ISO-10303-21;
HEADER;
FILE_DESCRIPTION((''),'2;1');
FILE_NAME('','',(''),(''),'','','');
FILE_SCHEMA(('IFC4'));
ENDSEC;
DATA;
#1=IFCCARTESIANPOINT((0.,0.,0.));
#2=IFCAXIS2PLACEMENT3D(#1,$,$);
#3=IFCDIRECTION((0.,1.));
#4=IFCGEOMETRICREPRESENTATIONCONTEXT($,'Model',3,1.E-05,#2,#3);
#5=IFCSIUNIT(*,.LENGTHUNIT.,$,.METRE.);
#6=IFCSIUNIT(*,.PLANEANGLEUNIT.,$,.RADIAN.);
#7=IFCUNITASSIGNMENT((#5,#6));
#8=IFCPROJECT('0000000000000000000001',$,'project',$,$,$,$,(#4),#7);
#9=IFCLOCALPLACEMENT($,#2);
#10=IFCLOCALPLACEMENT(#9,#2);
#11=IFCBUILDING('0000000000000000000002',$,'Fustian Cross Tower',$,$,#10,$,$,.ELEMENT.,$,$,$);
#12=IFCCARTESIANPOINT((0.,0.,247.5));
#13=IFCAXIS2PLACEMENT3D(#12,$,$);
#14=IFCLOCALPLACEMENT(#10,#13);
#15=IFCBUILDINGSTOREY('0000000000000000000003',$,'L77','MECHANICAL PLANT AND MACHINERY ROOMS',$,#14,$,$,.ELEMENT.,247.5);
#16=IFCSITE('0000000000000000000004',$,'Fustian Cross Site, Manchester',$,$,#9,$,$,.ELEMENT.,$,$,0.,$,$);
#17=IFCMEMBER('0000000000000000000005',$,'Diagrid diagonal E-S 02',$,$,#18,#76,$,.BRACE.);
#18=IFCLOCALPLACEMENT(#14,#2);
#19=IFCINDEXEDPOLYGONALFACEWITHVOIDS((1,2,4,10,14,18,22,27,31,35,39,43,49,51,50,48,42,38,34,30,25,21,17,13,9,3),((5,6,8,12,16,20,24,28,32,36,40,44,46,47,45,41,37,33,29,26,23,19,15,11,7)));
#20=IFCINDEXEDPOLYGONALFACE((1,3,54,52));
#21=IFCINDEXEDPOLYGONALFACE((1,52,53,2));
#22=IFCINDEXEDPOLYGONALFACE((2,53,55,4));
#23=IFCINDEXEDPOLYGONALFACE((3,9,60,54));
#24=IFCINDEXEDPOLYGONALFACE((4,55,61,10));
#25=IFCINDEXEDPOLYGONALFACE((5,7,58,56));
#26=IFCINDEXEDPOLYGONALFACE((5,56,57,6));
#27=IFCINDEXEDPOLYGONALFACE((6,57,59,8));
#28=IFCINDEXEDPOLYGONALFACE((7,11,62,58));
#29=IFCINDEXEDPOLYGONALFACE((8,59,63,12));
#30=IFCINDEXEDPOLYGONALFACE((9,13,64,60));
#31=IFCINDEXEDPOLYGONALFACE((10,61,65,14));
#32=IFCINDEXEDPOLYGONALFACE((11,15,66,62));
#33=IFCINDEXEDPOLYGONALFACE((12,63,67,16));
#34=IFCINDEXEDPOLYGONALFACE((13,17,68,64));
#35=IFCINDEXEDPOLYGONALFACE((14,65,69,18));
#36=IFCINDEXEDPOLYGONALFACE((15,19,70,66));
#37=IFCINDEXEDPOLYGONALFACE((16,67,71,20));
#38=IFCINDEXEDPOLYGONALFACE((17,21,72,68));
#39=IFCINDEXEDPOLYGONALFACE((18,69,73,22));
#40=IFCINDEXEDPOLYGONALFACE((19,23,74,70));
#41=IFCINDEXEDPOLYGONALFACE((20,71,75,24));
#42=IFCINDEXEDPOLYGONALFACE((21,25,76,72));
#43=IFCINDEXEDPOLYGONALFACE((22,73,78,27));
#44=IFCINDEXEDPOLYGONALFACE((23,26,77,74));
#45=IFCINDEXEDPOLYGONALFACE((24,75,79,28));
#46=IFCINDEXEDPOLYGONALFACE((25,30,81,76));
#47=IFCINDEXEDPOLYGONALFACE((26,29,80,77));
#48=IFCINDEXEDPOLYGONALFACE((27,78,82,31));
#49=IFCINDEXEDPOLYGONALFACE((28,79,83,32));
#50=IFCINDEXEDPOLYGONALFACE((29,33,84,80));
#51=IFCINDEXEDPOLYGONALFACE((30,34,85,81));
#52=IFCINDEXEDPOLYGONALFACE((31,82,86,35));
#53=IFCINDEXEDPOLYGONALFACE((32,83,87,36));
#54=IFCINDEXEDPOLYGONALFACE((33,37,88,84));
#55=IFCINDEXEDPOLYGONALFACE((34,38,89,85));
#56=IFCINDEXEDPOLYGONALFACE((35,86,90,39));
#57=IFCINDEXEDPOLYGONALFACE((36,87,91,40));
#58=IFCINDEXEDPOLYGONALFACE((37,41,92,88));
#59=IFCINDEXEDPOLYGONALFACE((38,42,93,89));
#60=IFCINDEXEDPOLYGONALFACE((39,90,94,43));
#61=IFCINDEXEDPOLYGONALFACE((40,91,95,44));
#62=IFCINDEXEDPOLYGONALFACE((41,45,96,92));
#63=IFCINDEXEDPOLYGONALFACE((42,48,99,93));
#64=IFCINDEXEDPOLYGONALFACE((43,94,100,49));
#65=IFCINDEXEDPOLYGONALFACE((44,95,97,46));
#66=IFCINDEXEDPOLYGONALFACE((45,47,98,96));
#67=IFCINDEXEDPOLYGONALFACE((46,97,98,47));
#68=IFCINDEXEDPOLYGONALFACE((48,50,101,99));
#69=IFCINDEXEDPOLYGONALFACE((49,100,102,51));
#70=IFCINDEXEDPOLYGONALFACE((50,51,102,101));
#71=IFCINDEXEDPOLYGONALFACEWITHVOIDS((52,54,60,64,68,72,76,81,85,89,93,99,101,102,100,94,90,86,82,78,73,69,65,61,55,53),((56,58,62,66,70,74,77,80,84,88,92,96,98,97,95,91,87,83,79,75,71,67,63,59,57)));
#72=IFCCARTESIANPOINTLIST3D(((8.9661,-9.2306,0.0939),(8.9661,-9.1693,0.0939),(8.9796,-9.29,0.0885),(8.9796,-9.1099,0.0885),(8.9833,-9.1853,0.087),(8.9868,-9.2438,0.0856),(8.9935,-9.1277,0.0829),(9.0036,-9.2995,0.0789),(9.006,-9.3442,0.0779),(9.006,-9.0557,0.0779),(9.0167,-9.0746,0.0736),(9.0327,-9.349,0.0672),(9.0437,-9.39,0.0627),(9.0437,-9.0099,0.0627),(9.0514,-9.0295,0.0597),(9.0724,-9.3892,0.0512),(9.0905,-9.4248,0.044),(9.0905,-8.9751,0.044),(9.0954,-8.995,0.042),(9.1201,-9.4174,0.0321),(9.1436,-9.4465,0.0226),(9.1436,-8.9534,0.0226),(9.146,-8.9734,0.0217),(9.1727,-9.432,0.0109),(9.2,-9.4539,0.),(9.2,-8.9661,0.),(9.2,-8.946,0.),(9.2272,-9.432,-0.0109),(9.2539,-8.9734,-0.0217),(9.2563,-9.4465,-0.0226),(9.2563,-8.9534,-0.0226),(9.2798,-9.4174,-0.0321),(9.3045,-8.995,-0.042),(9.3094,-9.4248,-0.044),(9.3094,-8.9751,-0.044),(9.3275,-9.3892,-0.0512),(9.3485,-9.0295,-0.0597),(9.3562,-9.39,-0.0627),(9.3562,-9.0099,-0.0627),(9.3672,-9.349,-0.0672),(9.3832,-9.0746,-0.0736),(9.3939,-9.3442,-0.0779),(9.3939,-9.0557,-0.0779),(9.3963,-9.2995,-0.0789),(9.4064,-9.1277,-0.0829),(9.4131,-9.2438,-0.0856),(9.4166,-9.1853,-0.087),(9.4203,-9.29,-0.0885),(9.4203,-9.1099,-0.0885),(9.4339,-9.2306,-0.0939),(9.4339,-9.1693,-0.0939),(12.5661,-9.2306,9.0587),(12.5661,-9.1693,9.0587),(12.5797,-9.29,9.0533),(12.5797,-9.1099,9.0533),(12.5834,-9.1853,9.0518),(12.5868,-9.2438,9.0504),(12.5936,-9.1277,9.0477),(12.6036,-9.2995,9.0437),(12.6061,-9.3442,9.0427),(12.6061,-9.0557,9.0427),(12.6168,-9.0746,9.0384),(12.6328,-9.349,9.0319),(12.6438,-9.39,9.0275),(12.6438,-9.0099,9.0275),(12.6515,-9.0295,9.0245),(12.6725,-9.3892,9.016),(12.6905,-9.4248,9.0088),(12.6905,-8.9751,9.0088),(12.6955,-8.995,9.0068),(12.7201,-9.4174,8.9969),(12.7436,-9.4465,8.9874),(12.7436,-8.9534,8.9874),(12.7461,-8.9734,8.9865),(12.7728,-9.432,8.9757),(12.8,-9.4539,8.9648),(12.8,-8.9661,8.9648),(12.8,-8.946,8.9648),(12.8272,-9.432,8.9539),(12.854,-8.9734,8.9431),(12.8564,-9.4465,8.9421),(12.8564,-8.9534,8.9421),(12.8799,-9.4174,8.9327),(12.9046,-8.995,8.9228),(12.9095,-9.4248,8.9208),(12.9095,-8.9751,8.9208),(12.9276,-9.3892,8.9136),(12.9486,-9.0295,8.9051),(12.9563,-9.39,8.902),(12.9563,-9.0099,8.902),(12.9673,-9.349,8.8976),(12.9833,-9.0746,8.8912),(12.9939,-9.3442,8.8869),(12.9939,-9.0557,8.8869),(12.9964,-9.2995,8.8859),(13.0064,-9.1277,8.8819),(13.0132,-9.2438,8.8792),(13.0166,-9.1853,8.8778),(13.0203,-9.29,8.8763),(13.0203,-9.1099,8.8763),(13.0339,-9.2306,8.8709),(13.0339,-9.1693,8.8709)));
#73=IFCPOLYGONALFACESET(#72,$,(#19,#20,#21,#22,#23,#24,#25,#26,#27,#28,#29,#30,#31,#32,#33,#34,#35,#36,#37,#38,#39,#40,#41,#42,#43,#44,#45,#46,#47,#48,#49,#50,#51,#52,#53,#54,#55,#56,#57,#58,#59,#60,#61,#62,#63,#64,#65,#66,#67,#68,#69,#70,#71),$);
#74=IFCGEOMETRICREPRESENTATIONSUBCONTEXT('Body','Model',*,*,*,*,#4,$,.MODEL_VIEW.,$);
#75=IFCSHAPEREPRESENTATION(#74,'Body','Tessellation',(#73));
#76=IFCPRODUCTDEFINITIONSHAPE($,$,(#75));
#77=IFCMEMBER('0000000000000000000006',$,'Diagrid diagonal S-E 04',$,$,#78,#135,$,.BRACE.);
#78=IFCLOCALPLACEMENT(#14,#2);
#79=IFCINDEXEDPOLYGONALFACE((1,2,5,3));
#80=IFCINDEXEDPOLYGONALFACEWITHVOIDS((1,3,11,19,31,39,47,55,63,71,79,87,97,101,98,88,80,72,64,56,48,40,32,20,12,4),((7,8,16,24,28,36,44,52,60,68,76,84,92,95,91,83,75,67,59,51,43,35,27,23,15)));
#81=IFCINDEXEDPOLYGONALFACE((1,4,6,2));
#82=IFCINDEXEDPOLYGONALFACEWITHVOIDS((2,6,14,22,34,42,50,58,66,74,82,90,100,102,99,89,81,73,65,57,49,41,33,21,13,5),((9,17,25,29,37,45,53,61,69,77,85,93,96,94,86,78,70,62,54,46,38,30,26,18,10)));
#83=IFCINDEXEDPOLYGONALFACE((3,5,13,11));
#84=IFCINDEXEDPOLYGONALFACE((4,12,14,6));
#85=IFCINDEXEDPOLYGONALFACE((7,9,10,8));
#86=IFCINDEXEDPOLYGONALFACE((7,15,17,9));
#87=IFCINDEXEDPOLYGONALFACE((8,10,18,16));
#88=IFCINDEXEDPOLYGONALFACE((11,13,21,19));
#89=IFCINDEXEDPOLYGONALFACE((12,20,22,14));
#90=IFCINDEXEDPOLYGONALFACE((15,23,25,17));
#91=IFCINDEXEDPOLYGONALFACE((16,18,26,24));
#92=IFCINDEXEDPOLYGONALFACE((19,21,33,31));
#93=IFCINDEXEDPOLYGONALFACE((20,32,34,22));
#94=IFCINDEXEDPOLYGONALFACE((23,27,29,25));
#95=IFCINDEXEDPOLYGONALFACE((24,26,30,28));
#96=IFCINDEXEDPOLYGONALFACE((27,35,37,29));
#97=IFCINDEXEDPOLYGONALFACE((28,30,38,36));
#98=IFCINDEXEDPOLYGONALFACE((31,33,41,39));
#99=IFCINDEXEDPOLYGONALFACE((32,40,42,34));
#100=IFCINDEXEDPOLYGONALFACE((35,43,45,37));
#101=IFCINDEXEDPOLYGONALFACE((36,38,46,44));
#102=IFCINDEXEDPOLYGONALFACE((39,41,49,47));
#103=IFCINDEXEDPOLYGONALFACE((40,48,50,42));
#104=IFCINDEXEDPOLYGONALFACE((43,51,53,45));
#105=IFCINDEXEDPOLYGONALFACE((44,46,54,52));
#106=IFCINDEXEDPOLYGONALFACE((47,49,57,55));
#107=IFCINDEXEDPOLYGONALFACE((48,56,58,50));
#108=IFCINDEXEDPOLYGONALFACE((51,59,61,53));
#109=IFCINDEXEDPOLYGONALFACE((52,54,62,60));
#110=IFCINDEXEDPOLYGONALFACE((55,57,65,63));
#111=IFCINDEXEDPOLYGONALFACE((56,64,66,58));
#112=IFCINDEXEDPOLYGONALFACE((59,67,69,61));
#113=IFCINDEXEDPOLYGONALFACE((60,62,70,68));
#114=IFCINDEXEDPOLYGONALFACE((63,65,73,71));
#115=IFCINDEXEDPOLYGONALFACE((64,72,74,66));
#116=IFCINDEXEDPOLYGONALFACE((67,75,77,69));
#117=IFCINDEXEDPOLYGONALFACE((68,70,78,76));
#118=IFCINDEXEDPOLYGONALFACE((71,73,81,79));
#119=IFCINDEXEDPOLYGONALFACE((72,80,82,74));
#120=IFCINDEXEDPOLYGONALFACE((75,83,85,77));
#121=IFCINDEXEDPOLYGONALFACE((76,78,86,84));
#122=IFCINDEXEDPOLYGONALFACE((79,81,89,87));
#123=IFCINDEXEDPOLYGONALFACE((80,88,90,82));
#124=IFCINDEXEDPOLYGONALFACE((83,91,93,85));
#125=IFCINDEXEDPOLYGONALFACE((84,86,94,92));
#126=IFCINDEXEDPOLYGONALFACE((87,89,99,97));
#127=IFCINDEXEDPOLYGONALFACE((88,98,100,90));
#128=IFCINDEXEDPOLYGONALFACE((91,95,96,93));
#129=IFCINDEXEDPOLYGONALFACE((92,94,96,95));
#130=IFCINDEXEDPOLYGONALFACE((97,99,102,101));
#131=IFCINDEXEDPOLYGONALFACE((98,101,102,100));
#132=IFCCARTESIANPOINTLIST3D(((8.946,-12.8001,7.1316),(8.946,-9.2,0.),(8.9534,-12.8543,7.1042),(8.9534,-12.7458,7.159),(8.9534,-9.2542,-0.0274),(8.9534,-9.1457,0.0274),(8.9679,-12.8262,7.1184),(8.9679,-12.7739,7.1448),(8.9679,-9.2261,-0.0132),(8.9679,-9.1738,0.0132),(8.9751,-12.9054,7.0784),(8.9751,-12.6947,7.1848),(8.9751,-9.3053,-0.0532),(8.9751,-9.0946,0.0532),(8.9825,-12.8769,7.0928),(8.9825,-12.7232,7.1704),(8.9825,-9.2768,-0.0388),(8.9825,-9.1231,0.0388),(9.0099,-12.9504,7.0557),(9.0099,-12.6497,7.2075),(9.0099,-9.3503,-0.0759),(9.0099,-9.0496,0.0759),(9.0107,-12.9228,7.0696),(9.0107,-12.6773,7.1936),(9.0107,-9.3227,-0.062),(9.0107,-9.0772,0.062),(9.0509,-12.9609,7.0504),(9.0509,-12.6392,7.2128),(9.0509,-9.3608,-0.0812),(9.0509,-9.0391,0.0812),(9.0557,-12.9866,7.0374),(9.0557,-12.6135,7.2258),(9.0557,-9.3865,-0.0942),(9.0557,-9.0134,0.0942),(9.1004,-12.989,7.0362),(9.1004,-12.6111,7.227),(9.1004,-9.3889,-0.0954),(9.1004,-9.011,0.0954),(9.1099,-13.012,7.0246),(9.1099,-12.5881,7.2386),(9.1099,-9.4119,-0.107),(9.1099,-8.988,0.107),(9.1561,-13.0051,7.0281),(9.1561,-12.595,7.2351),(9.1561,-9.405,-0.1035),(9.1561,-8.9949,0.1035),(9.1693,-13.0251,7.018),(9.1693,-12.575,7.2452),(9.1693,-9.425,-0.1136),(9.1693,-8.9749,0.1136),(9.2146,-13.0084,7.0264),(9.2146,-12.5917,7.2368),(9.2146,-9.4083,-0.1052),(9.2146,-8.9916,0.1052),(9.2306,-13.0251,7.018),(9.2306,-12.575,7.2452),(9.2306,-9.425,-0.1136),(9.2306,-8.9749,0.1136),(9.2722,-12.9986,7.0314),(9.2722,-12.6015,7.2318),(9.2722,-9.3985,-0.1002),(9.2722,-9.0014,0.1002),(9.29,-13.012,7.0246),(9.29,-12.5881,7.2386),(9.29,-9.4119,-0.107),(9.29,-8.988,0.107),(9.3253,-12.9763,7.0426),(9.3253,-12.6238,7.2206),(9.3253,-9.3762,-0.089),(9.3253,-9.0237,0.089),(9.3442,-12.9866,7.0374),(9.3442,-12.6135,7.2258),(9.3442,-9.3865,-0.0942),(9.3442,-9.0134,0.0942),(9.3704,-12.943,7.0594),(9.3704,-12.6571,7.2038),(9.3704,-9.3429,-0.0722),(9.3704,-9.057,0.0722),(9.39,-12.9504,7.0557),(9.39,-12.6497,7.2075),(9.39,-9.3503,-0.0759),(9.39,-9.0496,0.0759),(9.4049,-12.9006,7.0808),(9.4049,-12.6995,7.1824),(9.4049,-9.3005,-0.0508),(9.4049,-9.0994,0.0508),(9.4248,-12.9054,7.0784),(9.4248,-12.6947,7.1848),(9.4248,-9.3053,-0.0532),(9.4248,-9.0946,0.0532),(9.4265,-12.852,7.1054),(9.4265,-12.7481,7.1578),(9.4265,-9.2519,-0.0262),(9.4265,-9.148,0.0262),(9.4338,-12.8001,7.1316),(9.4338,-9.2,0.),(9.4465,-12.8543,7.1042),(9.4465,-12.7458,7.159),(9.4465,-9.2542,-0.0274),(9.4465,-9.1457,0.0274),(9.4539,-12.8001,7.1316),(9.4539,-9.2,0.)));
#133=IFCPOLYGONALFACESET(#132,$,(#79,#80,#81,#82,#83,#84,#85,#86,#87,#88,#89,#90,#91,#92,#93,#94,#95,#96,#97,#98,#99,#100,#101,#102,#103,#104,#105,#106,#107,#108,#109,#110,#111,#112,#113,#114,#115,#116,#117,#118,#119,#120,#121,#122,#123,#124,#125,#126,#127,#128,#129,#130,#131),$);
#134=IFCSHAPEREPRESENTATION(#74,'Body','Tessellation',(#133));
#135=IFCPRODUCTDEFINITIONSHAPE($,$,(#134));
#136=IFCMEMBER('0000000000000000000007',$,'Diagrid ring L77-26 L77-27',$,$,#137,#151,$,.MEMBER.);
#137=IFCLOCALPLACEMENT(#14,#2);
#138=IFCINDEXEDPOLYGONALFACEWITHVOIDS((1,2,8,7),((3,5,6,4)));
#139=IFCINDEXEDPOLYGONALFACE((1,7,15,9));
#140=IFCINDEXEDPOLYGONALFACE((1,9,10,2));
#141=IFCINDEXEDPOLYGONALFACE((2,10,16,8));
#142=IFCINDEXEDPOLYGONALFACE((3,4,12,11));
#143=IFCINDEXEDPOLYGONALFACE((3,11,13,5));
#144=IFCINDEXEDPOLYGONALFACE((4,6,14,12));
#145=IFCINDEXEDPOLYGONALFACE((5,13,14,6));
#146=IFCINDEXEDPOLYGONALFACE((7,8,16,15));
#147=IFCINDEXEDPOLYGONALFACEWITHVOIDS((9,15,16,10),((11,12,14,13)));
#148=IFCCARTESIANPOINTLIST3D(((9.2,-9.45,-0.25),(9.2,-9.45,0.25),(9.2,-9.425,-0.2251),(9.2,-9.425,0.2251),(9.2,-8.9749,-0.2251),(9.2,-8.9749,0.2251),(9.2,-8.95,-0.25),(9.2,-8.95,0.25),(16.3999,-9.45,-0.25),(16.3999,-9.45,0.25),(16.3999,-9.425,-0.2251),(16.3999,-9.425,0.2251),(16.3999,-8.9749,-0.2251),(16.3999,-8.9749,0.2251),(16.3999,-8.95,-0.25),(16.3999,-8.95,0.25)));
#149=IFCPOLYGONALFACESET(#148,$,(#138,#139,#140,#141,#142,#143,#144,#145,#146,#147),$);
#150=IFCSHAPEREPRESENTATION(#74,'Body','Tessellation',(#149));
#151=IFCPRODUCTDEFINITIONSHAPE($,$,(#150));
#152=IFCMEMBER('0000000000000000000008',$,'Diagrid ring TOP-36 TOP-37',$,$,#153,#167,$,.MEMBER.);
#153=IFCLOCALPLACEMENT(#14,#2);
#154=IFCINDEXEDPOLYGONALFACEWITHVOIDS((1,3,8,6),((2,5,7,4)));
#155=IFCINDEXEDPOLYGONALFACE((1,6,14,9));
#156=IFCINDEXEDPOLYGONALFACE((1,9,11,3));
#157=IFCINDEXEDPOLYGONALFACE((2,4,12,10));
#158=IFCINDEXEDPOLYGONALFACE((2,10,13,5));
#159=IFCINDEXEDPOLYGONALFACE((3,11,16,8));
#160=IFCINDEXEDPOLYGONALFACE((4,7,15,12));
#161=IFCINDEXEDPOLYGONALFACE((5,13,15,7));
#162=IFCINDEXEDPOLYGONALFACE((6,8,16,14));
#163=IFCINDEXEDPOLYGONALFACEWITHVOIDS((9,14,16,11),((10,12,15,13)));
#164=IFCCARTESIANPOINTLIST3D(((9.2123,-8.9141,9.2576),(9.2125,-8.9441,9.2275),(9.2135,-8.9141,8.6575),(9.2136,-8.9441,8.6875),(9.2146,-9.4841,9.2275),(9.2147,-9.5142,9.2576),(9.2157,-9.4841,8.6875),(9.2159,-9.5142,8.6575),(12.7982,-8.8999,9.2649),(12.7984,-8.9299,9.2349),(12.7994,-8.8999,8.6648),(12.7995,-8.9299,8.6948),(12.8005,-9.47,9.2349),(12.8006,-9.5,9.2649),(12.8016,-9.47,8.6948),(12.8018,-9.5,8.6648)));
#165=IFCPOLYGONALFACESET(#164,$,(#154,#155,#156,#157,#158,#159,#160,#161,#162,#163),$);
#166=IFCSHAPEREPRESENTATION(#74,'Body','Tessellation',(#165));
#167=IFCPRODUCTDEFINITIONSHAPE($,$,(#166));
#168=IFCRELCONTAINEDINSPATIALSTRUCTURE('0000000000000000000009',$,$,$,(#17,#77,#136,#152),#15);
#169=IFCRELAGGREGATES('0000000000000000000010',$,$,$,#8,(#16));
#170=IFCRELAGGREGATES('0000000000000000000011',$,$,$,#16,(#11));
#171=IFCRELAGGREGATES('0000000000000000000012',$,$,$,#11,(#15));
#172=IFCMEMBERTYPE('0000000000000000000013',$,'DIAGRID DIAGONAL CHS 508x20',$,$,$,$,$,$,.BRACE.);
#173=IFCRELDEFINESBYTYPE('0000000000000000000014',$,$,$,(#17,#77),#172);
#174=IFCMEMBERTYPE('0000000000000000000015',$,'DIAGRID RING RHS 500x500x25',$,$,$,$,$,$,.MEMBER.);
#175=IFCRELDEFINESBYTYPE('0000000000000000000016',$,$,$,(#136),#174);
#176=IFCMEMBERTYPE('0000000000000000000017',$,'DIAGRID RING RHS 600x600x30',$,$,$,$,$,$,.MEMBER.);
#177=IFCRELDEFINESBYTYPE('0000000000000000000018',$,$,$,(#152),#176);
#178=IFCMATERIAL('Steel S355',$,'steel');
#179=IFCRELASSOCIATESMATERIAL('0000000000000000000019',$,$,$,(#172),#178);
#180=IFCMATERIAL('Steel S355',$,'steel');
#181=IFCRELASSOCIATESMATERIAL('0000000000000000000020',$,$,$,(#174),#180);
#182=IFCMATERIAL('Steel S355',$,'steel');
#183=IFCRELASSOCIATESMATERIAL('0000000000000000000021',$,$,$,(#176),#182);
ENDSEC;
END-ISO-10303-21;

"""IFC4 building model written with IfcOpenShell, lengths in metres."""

from ifc_helpers import new_model, si_unit, direction, frame, origin, origin_2d, place, context, subcontext, project, spatial, hollow_rectangle, hollow_circle, extrude, material, material_profile, profile_set, type_object, element, save


model = new_model("IFC4")

# Units and contexts
model_context = context("Model", 3, precision=1e-05, world=origin(), true_north=direction((0.0, 1.0)))
body_context = subcontext(model_context, "Body", "Model", "MODEL_VIEW")
ifc_project = project(units=[si_unit("LENGTHUNIT", "METRE"), si_unit("PLANEANGLEUNIT", "RADIAN")], contexts=[model_context])

# Site, building, storey
site_placement = place(None, origin())
site = spatial("IfcSite", under=ifc_project, at=site_placement, Name="Fustian Cross Site, Manchester", CompositionType="ELEMENT", RefElevation=0.0)
building_placement = place(site_placement, origin())
building = spatial("IfcBuilding", under=site, at=building_placement, Name="Fustian Cross Tower", CompositionType="ELEMENT")
storey_placement = place(building_placement, frame((0.0, 0.0, 247.5)))
storey = spatial("IfcBuildingStorey", under=building, at=storey_placement, Name="L77", Description="MECHANICAL PLANT AND MACHINERY ROOMS", CompositionType="ELEMENT", Elevation=247.5)

# Members
ifc_material_1 = material(Name="Steel S355", Category="steel")
ifc_material_profile_1 = material_profile(ifc_material_1, hollow_circle(Radius=0.2539, WallThickness=0.02, at=origin_2d()), Name="CHS 508x20")
ifc_profile_set_1 = profile_set([ifc_material_profile_1], Name="Steel S355")
member_type_1 = type_object("IfcMemberType", Name="DIAGRID DIAGONAL CHS 508x20", PredefinedType="BRACE", material=ifc_profile_set_1)
member_1_placement = place(storey_placement, frame((9.2, -9.2, 0.0), z_axis=(0.372654, 0.0, 0.92797), x_axis=(0.0, 1.0, 0.0)))
element("IfcMember", 1, at=member_1_placement, inside=storey, type_object=member_type_1, Name="Diagrid diagonal E-S 02", PredefinedType="BRACE", context=body_context, shape_type="SweptSolid", body=[
    extrude(hollow_circle(Radius=0.2539, WallThickness=0.02, at=origin_2d()), origin(), (0.0, 0.0, 1.0), 9.6606),
])
member_2_placement = place(storey_placement, frame((9.2, -9.2, 0.0), z_axis=(0.0, -0.450645, 0.892703), x_axis=(1.0, 0.0, 0.0)))
element("IfcMember", 2, at=member_2_placement, inside=storey, type_object=member_type_1, Name="Diagrid diagonal S-E 04", PredefinedType="BRACE", context=body_context, shape_type="SweptSolid", body=[
    extrude(hollow_circle(Radius=0.2539, WallThickness=0.02, at=origin_2d()), origin(), (0.0, 0.0, 1.0), 7.9888),
])
ifc_material_2 = material(Name="Steel S355", Category="steel")
ifc_material_profile_2 = material_profile(ifc_material_2, hollow_rectangle(XDim=0.5, YDim=0.5, WallThickness=0.0249, at=origin_2d()), Name="RHS 500x500x25")
ifc_profile_set_2 = profile_set([ifc_material_profile_2], Name="Steel S355")
member_type_2 = type_object("IfcMemberType", Name="DIAGRID RING RHS 500x500x25", PredefinedType="MEMBER", material=ifc_profile_set_2)
member_3_placement = place(storey_placement, frame((9.2, -9.2, 0.0), z_axis=(1.0, 0.0, 0.0), x_axis=(0.0, 1.0, 0.0)))
element("IfcMember", 3, at=member_3_placement, inside=storey, type_object=member_type_2, Name="Diagrid ring L77-26 L77-27", PredefinedType="MEMBER", context=body_context, shape_type="SweptSolid", body=[
    extrude(hollow_rectangle(XDim=0.5, YDim=0.5, WallThickness=0.0249, at=origin_2d()), origin(), (0.0, 0.0, 1.0), 7.2),
])
ifc_material_3 = material(Name="Steel S355", Category="steel")
ifc_material_profile_3 = material_profile(ifc_material_3, hollow_rectangle(XDim=0.6001, YDim=0.6001, WallThickness=0.03, at=origin_2d()), Name="RHS 600x600x30")
ifc_profile_set_3 = profile_set([ifc_material_profile_3], Name="Steel S355")
member_type_3 = type_object("IfcMemberType", Name="DIAGRID RING RHS 600x600x30", PredefinedType="MEMBER", material=ifc_profile_set_3)
member_4_placement = place(storey_placement, frame((9.2141, -9.2141, 8.9575), z_axis=(0.99999, 0.003949, 0.002042), x_axis=(-0.003949, 0.999992, 0.0)))
element("IfcMember", 4, at=member_4_placement, inside=storey, type_object=member_type_3, Name="Diagrid ring TOP-36 TOP-37", PredefinedType="MEMBER", context=body_context, shape_type="SweptSolid", body=[
    extrude(hollow_rectangle(XDim=0.6001, YDim=0.6001, WallThickness=0.03, at=origin_2d()), origin(), (0.0, 0.0, 1.0), 3.5859),
])

save(model, "model.ifc")
